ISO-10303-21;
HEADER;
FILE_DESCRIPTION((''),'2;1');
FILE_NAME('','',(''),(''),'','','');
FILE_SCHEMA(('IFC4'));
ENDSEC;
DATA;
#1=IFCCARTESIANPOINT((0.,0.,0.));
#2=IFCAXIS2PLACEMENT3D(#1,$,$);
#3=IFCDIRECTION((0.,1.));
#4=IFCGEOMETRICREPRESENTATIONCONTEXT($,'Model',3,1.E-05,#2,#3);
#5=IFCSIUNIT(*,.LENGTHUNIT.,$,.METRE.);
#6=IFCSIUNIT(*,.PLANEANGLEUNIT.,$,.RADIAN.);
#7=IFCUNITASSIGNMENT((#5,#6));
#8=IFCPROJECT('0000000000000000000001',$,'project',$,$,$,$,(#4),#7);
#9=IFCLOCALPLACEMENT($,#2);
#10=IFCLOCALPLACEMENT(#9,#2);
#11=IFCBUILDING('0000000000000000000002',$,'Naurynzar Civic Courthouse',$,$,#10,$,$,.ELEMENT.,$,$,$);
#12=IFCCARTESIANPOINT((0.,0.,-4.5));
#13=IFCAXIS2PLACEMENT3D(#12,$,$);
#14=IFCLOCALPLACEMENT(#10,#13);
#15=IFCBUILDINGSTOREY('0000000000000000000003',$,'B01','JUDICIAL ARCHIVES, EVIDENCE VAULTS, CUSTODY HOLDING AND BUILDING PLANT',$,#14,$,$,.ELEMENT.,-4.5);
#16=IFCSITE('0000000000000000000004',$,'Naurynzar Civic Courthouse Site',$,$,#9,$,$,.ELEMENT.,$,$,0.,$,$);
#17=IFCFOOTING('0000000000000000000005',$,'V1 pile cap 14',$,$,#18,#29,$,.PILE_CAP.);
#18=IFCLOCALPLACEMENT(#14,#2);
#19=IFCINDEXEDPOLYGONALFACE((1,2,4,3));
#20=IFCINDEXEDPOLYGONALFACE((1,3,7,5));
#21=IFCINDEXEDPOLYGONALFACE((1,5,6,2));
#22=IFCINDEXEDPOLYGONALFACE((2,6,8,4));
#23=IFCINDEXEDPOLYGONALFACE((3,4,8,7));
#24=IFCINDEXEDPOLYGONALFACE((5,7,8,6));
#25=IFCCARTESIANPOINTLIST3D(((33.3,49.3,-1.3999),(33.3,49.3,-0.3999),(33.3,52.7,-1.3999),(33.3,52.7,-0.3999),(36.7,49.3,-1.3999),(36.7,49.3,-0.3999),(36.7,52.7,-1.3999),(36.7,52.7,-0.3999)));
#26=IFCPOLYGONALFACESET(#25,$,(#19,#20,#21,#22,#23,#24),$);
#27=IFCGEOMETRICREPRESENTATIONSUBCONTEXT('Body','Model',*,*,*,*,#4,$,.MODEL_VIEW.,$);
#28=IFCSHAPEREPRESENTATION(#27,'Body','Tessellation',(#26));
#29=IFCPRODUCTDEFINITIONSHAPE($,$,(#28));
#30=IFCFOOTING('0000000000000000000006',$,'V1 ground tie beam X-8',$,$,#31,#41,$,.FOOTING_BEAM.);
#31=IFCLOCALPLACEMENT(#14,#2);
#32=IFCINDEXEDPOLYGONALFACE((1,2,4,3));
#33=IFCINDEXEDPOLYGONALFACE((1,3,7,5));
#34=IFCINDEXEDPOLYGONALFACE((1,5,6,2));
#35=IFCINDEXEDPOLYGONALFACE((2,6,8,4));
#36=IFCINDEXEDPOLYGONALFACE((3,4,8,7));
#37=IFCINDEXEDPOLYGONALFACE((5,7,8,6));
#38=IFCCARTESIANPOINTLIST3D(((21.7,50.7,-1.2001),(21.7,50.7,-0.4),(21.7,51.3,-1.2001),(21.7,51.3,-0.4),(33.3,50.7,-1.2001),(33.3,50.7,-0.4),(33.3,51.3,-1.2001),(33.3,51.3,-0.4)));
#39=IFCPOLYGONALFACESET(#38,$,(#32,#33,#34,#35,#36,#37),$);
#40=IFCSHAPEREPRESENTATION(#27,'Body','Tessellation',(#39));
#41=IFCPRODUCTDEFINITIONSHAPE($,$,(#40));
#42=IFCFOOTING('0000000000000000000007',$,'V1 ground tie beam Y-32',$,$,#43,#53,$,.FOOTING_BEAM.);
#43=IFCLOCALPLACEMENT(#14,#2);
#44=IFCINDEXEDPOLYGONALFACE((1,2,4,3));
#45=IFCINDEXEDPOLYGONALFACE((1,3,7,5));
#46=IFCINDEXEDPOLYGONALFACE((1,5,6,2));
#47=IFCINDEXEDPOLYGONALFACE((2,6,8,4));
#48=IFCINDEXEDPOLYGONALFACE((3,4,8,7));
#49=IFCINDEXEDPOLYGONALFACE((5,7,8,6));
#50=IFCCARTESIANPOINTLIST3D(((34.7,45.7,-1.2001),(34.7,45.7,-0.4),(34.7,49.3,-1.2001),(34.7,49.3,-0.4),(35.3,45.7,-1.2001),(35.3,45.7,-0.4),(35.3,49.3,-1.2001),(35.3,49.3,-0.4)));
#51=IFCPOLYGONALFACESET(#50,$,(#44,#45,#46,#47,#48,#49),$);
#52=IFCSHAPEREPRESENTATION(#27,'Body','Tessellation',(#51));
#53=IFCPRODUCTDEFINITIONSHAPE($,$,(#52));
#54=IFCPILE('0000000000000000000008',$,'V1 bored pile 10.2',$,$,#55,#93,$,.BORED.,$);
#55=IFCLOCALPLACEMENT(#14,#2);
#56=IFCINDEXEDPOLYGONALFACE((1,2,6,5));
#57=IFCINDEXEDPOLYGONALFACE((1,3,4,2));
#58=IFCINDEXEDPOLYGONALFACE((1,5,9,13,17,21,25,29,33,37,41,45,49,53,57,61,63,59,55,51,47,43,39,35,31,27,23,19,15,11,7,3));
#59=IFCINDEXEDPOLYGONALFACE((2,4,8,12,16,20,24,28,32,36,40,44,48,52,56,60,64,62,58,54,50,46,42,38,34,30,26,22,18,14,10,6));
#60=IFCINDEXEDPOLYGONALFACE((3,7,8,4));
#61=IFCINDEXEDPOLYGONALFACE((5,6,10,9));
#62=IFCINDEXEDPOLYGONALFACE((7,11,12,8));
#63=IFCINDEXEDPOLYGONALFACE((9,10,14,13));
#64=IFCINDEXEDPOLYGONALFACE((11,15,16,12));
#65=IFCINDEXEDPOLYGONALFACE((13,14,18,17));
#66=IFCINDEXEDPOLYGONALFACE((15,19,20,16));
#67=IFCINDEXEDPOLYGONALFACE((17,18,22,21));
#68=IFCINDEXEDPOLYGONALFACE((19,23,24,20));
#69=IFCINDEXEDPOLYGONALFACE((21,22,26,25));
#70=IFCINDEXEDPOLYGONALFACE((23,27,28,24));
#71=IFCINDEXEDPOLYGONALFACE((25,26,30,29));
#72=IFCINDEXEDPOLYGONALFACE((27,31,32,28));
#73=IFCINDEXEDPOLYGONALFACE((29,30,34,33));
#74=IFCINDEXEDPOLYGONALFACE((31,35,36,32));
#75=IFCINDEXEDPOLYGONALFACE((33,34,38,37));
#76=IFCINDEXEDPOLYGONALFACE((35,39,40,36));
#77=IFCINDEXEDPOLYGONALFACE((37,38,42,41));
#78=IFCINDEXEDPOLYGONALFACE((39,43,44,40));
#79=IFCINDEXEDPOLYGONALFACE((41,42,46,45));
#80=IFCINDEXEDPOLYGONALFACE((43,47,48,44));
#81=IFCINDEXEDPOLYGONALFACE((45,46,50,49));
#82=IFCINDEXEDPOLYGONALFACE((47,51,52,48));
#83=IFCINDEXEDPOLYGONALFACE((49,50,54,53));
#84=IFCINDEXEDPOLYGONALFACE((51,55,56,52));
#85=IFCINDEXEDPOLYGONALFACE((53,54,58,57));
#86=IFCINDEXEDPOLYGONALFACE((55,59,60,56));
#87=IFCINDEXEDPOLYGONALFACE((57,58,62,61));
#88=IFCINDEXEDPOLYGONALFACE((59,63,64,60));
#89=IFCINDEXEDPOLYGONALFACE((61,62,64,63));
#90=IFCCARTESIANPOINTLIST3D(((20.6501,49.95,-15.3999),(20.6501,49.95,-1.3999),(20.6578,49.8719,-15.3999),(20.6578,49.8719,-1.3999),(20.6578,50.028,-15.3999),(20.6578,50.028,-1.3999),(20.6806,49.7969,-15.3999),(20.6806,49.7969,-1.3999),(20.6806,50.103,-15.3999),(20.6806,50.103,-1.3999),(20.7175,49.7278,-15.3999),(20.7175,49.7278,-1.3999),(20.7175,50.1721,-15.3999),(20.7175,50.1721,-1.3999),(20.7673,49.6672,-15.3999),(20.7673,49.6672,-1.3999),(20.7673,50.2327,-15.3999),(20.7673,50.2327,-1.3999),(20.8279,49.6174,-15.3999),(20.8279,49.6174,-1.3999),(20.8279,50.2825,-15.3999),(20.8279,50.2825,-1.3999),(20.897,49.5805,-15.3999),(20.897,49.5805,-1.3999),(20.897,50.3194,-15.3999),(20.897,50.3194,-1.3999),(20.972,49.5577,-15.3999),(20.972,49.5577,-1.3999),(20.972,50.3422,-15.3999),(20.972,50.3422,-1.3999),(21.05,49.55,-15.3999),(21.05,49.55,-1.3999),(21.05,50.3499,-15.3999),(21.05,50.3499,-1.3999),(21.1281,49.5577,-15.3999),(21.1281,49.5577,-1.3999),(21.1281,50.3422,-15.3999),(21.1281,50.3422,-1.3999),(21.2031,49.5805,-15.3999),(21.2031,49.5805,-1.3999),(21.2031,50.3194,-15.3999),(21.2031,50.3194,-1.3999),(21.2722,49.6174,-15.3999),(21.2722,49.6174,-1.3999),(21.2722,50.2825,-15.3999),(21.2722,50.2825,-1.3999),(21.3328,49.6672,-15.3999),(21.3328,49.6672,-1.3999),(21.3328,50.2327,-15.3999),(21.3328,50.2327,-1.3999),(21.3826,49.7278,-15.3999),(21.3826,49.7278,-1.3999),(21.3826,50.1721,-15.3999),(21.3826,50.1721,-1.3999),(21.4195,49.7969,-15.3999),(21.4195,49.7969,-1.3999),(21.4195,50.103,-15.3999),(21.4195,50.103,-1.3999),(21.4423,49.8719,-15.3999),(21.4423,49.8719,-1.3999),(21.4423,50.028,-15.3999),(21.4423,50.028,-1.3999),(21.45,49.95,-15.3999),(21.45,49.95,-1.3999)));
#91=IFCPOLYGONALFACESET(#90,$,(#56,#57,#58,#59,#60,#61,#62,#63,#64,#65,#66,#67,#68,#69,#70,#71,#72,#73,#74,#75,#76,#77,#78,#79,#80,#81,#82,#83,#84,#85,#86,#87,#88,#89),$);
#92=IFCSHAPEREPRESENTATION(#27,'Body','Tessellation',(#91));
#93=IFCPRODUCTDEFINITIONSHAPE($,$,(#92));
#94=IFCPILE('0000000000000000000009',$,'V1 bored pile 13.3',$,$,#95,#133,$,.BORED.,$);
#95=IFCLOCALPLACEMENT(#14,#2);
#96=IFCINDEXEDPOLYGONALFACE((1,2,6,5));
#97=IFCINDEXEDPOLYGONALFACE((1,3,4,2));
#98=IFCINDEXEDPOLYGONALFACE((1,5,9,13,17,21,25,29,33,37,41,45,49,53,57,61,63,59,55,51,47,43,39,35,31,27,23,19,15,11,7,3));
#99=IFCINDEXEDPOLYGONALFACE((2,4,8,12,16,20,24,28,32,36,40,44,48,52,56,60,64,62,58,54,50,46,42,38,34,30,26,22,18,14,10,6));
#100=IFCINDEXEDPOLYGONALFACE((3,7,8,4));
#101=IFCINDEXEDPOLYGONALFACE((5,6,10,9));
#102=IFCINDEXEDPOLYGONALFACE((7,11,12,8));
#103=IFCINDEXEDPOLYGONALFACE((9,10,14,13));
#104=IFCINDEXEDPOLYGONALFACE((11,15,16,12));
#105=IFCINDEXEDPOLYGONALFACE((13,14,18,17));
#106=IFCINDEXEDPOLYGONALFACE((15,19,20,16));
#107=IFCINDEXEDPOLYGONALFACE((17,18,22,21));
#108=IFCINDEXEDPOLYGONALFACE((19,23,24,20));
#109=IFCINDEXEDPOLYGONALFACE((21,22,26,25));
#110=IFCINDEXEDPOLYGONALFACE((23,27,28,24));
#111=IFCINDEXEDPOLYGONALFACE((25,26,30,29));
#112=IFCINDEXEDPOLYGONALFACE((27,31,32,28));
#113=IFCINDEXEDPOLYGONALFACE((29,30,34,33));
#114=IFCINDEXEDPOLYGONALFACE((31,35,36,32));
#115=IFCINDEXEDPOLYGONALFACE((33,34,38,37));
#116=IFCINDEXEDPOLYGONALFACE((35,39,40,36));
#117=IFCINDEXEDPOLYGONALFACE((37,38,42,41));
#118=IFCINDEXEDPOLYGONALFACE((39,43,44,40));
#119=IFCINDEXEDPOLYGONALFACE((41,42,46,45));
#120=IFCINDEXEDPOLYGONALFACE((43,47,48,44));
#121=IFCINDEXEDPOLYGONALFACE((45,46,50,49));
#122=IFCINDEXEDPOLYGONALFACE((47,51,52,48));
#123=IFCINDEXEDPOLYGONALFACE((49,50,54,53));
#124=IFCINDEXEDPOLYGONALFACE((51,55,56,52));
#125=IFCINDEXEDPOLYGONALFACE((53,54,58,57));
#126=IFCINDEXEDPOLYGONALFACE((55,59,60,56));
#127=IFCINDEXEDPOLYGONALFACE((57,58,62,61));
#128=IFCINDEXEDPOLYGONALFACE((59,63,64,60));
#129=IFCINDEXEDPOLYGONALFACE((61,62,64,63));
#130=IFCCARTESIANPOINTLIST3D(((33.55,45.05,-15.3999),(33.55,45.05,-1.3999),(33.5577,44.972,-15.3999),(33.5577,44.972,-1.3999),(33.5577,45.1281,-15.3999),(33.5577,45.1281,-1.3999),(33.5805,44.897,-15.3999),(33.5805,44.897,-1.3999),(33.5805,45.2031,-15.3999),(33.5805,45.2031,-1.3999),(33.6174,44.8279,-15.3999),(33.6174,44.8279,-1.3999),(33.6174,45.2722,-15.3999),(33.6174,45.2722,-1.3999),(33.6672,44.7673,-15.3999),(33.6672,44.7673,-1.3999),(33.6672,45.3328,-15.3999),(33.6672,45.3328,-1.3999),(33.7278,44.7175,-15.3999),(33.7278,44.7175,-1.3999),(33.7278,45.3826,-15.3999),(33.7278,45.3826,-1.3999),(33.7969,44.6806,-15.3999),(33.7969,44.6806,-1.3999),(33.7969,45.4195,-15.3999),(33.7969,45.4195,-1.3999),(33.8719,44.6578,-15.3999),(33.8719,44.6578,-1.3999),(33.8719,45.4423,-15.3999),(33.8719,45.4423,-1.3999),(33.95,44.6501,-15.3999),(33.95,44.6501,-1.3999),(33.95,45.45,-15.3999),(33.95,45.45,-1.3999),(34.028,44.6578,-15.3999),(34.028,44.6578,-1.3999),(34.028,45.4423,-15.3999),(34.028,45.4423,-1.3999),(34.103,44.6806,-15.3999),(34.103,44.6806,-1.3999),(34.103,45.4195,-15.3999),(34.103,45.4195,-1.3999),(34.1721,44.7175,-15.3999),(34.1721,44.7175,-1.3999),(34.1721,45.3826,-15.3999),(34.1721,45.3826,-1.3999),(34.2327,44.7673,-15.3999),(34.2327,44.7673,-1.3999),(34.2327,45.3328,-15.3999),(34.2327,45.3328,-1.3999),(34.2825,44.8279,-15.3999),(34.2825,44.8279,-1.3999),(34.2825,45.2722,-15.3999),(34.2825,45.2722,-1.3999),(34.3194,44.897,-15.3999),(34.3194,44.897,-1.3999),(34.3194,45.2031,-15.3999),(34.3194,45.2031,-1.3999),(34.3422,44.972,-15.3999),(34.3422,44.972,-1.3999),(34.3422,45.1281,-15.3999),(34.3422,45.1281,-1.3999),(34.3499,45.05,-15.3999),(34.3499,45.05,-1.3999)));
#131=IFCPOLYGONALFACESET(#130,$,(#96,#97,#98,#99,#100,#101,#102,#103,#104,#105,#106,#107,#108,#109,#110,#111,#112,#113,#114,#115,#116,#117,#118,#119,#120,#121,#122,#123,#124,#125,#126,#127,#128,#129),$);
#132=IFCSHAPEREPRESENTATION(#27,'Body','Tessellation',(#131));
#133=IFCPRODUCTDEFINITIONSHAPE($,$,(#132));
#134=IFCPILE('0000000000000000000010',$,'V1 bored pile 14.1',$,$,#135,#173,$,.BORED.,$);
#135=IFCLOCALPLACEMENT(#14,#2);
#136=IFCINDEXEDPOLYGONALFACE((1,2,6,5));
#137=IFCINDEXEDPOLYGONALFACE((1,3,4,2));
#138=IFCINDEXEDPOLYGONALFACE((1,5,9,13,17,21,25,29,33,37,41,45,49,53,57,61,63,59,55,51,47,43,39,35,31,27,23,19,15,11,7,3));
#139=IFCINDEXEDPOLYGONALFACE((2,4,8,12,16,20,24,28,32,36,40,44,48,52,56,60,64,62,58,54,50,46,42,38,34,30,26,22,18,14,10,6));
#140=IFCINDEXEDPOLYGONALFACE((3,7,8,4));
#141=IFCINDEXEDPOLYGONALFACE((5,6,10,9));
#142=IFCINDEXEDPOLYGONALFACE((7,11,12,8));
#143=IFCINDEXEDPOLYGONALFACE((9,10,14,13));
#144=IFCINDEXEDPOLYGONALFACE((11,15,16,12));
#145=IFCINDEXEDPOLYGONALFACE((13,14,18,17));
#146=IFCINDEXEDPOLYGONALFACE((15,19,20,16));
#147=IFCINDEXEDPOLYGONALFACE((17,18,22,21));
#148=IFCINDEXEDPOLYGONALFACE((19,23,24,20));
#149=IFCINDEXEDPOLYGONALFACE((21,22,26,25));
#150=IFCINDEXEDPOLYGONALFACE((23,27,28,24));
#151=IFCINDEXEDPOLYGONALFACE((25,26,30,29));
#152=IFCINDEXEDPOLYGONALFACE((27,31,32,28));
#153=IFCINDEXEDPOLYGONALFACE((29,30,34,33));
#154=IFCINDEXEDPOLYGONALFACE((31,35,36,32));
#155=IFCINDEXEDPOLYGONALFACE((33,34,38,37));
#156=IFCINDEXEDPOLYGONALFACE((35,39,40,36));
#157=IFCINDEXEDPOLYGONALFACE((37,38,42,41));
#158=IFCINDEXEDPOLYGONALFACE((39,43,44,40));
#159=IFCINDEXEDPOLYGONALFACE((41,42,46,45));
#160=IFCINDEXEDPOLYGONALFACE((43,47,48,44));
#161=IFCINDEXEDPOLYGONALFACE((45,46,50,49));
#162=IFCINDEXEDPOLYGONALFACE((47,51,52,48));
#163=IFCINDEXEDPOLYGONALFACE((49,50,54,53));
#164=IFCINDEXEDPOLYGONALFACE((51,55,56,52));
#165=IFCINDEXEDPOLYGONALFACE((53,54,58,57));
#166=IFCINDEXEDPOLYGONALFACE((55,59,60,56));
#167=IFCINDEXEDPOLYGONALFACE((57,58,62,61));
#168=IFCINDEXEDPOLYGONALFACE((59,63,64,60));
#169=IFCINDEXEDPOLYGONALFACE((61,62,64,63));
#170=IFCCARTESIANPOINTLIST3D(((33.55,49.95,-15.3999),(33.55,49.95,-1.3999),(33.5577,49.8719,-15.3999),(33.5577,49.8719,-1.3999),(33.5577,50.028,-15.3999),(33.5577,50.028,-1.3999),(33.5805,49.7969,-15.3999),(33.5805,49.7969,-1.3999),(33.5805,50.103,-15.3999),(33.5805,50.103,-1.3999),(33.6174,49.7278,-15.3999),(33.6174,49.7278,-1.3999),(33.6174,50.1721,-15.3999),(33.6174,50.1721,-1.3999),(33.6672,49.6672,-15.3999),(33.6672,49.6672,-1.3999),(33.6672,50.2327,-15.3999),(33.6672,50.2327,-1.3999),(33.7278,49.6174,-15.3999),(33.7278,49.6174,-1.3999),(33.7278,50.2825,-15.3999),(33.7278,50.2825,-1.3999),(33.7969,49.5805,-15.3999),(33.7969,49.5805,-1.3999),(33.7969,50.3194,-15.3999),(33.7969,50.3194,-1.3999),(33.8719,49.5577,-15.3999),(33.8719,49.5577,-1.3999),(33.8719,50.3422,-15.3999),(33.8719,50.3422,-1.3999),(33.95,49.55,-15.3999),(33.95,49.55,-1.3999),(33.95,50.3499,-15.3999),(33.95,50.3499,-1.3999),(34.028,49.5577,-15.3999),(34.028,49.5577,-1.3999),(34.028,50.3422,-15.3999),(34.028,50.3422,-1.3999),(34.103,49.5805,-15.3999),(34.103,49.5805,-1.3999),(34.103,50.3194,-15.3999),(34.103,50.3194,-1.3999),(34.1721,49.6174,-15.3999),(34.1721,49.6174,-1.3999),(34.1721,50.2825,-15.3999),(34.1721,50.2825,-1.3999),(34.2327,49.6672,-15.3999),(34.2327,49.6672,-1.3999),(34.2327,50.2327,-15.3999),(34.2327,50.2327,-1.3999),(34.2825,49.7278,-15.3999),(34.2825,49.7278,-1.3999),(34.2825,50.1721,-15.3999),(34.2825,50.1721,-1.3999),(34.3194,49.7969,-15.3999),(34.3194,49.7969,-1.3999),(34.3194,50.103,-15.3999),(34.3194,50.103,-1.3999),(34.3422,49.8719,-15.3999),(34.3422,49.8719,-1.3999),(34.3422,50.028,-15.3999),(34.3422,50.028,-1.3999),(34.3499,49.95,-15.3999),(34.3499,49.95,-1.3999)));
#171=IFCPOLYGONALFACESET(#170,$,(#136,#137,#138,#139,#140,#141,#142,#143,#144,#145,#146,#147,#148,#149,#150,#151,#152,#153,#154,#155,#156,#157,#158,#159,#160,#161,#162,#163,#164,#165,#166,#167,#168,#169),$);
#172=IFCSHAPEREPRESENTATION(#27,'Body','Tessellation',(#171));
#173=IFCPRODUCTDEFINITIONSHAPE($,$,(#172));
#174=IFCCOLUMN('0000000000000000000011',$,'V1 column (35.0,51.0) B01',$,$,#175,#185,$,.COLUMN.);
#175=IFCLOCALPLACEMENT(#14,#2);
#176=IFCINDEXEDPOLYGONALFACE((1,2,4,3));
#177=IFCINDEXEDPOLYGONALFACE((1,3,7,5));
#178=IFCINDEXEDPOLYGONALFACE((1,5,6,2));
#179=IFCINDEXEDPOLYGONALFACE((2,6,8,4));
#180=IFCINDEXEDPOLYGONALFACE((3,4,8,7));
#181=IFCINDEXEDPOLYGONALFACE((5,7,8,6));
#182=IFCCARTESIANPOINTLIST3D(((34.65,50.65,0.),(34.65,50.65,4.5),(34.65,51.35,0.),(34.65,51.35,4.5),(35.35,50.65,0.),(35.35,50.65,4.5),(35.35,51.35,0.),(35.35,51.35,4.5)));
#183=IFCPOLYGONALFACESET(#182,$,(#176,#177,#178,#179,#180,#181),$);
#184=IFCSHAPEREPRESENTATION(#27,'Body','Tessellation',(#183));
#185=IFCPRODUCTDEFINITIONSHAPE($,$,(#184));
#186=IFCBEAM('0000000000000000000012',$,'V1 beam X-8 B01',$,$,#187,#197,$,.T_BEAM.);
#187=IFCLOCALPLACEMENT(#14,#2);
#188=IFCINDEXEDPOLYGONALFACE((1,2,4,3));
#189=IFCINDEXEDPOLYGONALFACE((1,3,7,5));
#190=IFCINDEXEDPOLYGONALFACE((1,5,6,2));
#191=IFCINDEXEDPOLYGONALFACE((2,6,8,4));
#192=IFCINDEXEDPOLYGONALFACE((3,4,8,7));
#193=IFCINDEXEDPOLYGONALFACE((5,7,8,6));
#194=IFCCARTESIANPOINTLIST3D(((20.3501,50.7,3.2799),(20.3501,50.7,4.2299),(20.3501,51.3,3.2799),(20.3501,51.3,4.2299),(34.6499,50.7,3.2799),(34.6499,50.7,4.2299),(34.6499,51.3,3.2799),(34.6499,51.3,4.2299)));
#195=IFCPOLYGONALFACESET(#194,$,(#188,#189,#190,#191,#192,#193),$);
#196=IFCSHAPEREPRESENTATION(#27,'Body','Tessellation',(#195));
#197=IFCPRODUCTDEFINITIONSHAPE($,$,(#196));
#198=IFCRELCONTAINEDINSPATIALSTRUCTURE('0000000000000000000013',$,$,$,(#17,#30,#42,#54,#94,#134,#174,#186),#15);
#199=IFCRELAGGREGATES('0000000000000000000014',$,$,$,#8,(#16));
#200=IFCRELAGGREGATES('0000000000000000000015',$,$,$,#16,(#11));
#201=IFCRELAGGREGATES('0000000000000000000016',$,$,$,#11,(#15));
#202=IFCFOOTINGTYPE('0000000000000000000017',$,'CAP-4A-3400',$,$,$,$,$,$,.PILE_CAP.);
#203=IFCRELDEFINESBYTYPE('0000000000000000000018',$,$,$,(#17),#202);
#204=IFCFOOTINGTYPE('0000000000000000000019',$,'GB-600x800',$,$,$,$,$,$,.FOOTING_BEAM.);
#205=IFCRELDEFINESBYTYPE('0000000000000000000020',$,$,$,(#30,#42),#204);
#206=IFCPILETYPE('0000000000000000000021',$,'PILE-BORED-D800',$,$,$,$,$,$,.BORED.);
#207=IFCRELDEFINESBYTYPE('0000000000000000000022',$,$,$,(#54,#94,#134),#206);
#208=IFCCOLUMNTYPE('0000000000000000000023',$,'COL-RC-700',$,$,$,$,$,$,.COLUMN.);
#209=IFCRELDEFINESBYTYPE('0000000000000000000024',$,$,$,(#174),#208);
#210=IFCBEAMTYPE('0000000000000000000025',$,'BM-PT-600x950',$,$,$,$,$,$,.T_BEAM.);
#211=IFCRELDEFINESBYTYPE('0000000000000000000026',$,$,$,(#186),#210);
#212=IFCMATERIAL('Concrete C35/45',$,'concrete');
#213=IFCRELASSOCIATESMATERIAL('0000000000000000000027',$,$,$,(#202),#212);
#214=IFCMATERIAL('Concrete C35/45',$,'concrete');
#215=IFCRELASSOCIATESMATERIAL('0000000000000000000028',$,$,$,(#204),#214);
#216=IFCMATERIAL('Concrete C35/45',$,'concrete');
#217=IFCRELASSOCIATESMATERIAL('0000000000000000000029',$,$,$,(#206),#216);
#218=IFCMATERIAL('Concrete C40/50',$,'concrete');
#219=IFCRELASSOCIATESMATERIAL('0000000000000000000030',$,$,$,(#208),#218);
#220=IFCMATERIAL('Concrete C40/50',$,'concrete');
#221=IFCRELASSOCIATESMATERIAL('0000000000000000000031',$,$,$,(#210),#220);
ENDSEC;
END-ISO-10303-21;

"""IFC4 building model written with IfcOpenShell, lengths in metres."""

from ifc_helpers import new_model, si_unit, direction, frame, origin, origin_2d, place, context, subcontext, project, spatial, rectangle, circle, extrude, material, material_profile, profile_set, type_object, element, save


model = new_model("IFC4")

# Units and contexts
model_context = context("Model", 3, precision=1e-05, world=origin(), true_north=direction((0.0, 1.0)))
body_context = subcontext(model_context, "Body", "Model", "MODEL_VIEW")
ifc_project = project(units=[si_unit("LENGTHUNIT", "METRE"), si_unit("PLANEANGLEUNIT", "RADIAN")], contexts=[model_context])

# Site, building, storey
site_placement = place(None, origin())
site = spatial("IfcSite", under=ifc_project, at=site_placement, Name="Naurynzar Civic Courthouse Site", CompositionType="ELEMENT", RefElevation=0.0)
building_placement = place(site_placement, origin())
building = spatial("IfcBuilding", under=site, at=building_placement, Name="Naurynzar Civic Courthouse", CompositionType="ELEMENT")
storey_placement = place(building_placement, frame((0.0, 0.0, -4.5)))
storey = spatial("IfcBuildingStorey", under=building, at=storey_placement, Name="B01", Description="JUDICIAL ARCHIVES, EVIDENCE VAULTS, CUSTODY HOLDING AND BUILDING PLANT", CompositionType="ELEMENT", Elevation=-4.5)

# Footings
ifc_material_1 = material(Name="Concrete C35/45", Category="concrete")
footing_type_1 = type_object("IfcFootingType", Name="CAP-4A-3400", PredefinedType="PILE_CAP", material=ifc_material_1)
footing_1_placement = place(storey_placement, frame((35.0, 51.0, -1.3999), z_axis=(0.0, 0.0, 1.0), x_axis=(1.0, 0.0, 0.0)))
element("IfcFooting", 1, at=footing_1_placement, inside=storey, type_object=footing_type_1, Name="V1 pile cap 14", PredefinedType="PILE_CAP", context=body_context, shape_type="SweptSolid", body=[
    extrude(rectangle(XDim=3.3999, YDim=3.3999, at=origin_2d()), origin(), (0.0, 0.0, 1.0), 1.0),
])
ifc_material_2 = material(Name="Concrete C35/45", Category="concrete")
ifc_material_profile_1 = material_profile(ifc_material_2, rectangle(XDim=0.6001, YDim=0.8, at=origin_2d()), Name="GB 600x800")
ifc_profile_set_1 = profile_set([ifc_material_profile_1], Name="Concrete C35/45")
footing_type_2 = type_object("IfcFootingType", Name="GB-600x800", PredefinedType="FOOTING_BEAM", material=ifc_profile_set_1)
footing_2_placement = place(storey_placement, frame((21.7, 51.0, -0.8), z_axis=(1.0, 0.0, 0.0), x_axis=(0.0, 1.0, 0.0)))
element("IfcFooting", 2, at=footing_2_placement, inside=storey, type_object=footing_type_2, Name="V1 ground tie beam X-8", PredefinedType="FOOTING_BEAM", context=body_context, shape_type="SweptSolid", body=[
    extrude(rectangle(XDim=0.6001, YDim=0.8, at=origin_2d()), origin(), (0.0, 0.0, 1.0), 11.6001),
])
footing_3_placement = place(storey_placement, frame((35.0, 45.7, -0.8), z_axis=(0.0, 1.0, 0.0), x_axis=(-1.0, 0.0, 0.0)))
element("IfcFooting", 3, at=footing_3_placement, inside=storey, type_object=footing_type_2, Name="V1 ground tie beam Y-32", PredefinedType="FOOTING_BEAM", context=body_context, shape_type="SweptSolid", body=[
    extrude(rectangle(XDim=0.6001, YDim=0.8, at=origin_2d()), origin(), (0.0, 0.0, 1.0), 3.6001),
])

# Piles
ifc_material_3 = material(Name="Concrete C35/45", Category="concrete")
ifc_material_profile_2 = material_profile(ifc_material_3, circle(Radius=0.3999, at=origin_2d()), Name="PILE D800")
ifc_profile_set_2 = profile_set([ifc_material_profile_2], Name="Concrete C35/45")
pile_type = type_object("IfcPileType", Name="PILE-BORED-D800", PredefinedType="BORED", material=ifc_profile_set_2)
for number, where, z_axis, x_axis, name in (
    (4, (21.05, 49.95, -1.3999), (0.0, 0.0, -1.0), (1.0, 0.0, 0.0), "V1 bored pile 10.2"),
    (5, (33.95, 45.05, -1.3999), (0.0, 0.0, -1.0), (1.0, 0.0, 0.0), "V1 bored pile 13.3"),
    (6, (33.95, 49.95, -1.3999), (0.0, 0.0, -1.0), (1.0, 0.0, 0.0), "V1 bored pile 14.1"),
):
    element("IfcPile", number, at=place(storey_placement, frame(where, z_axis=z_axis, x_axis=x_axis)), inside=storey, type_object=pile_type, Name=name, PredefinedType="BORED", context=body_context, shape_type="SweptSolid", body=[
        extrude(circle(Radius=0.3999, at=origin_2d()), origin(), (0.0, 0.0, 1.0), 14.0),
    ])

# Column
ifc_material_4 = material(Name="Concrete C40/50", Category="concrete")
ifc_material_profile_3 = material_profile(ifc_material_4, rectangle(XDim=0.7, YDim=0.7, at=origin_2d()), Name="RC 700x700")
ifc_profile_set_3 = profile_set([ifc_material_profile_3], Name="Concrete C40/50")
column_type = type_object("IfcColumnType", Name="COL-RC-700", PredefinedType="COLUMN", material=ifc_profile_set_3)
column_placement = place(storey_placement, frame((35.0, 51.0, 0.0), z_axis=(0.0, 0.0, 1.0), x_axis=(1.0, 0.0, 0.0)))
element("IfcColumn", 7, at=column_placement, inside=storey, type_object=column_type, Name="V1 column (35.0,51.0) B01", PredefinedType="COLUMN", context=body_context, shape_type="SweptSolid", body=[
    extrude(rectangle(XDim=0.7, YDim=0.7, at=origin_2d()), origin(), (0.0, 0.0, 1.0), 4.5),
])

# Beam
ifc_material_5 = material(Name="Concrete C40/50", Category="concrete")
ifc_material_profile_4 = material_profile(ifc_material_5, rectangle(XDim=0.6001, YDim=0.95, at=origin_2d()), Name="PTB 600x950")
ifc_profile_set_4 = profile_set([ifc_material_profile_4], Name="Concrete C40/50")
beam_type = type_object("IfcBeamType", Name="BM-PT-600x950", PredefinedType="T_BEAM", material=ifc_profile_set_4)
beam_placement = place(storey_placement, frame((20.3501, 51.0, 3.7549), z_axis=(1.0, 0.0, 0.0), x_axis=(0.0, 1.0, 0.0)))
element("IfcBeam", 8, at=beam_placement, inside=storey, type_object=beam_type, Name="V1 beam X-8 B01", PredefinedType="T_BEAM", context=body_context, shape_type="SweptSolid", body=[
    extrude(rectangle(XDim=0.6001, YDim=0.95, at=origin_2d()), origin(), (0.0, 0.0, 1.0), 14.2998),
])

save(model, "model.ifc")
